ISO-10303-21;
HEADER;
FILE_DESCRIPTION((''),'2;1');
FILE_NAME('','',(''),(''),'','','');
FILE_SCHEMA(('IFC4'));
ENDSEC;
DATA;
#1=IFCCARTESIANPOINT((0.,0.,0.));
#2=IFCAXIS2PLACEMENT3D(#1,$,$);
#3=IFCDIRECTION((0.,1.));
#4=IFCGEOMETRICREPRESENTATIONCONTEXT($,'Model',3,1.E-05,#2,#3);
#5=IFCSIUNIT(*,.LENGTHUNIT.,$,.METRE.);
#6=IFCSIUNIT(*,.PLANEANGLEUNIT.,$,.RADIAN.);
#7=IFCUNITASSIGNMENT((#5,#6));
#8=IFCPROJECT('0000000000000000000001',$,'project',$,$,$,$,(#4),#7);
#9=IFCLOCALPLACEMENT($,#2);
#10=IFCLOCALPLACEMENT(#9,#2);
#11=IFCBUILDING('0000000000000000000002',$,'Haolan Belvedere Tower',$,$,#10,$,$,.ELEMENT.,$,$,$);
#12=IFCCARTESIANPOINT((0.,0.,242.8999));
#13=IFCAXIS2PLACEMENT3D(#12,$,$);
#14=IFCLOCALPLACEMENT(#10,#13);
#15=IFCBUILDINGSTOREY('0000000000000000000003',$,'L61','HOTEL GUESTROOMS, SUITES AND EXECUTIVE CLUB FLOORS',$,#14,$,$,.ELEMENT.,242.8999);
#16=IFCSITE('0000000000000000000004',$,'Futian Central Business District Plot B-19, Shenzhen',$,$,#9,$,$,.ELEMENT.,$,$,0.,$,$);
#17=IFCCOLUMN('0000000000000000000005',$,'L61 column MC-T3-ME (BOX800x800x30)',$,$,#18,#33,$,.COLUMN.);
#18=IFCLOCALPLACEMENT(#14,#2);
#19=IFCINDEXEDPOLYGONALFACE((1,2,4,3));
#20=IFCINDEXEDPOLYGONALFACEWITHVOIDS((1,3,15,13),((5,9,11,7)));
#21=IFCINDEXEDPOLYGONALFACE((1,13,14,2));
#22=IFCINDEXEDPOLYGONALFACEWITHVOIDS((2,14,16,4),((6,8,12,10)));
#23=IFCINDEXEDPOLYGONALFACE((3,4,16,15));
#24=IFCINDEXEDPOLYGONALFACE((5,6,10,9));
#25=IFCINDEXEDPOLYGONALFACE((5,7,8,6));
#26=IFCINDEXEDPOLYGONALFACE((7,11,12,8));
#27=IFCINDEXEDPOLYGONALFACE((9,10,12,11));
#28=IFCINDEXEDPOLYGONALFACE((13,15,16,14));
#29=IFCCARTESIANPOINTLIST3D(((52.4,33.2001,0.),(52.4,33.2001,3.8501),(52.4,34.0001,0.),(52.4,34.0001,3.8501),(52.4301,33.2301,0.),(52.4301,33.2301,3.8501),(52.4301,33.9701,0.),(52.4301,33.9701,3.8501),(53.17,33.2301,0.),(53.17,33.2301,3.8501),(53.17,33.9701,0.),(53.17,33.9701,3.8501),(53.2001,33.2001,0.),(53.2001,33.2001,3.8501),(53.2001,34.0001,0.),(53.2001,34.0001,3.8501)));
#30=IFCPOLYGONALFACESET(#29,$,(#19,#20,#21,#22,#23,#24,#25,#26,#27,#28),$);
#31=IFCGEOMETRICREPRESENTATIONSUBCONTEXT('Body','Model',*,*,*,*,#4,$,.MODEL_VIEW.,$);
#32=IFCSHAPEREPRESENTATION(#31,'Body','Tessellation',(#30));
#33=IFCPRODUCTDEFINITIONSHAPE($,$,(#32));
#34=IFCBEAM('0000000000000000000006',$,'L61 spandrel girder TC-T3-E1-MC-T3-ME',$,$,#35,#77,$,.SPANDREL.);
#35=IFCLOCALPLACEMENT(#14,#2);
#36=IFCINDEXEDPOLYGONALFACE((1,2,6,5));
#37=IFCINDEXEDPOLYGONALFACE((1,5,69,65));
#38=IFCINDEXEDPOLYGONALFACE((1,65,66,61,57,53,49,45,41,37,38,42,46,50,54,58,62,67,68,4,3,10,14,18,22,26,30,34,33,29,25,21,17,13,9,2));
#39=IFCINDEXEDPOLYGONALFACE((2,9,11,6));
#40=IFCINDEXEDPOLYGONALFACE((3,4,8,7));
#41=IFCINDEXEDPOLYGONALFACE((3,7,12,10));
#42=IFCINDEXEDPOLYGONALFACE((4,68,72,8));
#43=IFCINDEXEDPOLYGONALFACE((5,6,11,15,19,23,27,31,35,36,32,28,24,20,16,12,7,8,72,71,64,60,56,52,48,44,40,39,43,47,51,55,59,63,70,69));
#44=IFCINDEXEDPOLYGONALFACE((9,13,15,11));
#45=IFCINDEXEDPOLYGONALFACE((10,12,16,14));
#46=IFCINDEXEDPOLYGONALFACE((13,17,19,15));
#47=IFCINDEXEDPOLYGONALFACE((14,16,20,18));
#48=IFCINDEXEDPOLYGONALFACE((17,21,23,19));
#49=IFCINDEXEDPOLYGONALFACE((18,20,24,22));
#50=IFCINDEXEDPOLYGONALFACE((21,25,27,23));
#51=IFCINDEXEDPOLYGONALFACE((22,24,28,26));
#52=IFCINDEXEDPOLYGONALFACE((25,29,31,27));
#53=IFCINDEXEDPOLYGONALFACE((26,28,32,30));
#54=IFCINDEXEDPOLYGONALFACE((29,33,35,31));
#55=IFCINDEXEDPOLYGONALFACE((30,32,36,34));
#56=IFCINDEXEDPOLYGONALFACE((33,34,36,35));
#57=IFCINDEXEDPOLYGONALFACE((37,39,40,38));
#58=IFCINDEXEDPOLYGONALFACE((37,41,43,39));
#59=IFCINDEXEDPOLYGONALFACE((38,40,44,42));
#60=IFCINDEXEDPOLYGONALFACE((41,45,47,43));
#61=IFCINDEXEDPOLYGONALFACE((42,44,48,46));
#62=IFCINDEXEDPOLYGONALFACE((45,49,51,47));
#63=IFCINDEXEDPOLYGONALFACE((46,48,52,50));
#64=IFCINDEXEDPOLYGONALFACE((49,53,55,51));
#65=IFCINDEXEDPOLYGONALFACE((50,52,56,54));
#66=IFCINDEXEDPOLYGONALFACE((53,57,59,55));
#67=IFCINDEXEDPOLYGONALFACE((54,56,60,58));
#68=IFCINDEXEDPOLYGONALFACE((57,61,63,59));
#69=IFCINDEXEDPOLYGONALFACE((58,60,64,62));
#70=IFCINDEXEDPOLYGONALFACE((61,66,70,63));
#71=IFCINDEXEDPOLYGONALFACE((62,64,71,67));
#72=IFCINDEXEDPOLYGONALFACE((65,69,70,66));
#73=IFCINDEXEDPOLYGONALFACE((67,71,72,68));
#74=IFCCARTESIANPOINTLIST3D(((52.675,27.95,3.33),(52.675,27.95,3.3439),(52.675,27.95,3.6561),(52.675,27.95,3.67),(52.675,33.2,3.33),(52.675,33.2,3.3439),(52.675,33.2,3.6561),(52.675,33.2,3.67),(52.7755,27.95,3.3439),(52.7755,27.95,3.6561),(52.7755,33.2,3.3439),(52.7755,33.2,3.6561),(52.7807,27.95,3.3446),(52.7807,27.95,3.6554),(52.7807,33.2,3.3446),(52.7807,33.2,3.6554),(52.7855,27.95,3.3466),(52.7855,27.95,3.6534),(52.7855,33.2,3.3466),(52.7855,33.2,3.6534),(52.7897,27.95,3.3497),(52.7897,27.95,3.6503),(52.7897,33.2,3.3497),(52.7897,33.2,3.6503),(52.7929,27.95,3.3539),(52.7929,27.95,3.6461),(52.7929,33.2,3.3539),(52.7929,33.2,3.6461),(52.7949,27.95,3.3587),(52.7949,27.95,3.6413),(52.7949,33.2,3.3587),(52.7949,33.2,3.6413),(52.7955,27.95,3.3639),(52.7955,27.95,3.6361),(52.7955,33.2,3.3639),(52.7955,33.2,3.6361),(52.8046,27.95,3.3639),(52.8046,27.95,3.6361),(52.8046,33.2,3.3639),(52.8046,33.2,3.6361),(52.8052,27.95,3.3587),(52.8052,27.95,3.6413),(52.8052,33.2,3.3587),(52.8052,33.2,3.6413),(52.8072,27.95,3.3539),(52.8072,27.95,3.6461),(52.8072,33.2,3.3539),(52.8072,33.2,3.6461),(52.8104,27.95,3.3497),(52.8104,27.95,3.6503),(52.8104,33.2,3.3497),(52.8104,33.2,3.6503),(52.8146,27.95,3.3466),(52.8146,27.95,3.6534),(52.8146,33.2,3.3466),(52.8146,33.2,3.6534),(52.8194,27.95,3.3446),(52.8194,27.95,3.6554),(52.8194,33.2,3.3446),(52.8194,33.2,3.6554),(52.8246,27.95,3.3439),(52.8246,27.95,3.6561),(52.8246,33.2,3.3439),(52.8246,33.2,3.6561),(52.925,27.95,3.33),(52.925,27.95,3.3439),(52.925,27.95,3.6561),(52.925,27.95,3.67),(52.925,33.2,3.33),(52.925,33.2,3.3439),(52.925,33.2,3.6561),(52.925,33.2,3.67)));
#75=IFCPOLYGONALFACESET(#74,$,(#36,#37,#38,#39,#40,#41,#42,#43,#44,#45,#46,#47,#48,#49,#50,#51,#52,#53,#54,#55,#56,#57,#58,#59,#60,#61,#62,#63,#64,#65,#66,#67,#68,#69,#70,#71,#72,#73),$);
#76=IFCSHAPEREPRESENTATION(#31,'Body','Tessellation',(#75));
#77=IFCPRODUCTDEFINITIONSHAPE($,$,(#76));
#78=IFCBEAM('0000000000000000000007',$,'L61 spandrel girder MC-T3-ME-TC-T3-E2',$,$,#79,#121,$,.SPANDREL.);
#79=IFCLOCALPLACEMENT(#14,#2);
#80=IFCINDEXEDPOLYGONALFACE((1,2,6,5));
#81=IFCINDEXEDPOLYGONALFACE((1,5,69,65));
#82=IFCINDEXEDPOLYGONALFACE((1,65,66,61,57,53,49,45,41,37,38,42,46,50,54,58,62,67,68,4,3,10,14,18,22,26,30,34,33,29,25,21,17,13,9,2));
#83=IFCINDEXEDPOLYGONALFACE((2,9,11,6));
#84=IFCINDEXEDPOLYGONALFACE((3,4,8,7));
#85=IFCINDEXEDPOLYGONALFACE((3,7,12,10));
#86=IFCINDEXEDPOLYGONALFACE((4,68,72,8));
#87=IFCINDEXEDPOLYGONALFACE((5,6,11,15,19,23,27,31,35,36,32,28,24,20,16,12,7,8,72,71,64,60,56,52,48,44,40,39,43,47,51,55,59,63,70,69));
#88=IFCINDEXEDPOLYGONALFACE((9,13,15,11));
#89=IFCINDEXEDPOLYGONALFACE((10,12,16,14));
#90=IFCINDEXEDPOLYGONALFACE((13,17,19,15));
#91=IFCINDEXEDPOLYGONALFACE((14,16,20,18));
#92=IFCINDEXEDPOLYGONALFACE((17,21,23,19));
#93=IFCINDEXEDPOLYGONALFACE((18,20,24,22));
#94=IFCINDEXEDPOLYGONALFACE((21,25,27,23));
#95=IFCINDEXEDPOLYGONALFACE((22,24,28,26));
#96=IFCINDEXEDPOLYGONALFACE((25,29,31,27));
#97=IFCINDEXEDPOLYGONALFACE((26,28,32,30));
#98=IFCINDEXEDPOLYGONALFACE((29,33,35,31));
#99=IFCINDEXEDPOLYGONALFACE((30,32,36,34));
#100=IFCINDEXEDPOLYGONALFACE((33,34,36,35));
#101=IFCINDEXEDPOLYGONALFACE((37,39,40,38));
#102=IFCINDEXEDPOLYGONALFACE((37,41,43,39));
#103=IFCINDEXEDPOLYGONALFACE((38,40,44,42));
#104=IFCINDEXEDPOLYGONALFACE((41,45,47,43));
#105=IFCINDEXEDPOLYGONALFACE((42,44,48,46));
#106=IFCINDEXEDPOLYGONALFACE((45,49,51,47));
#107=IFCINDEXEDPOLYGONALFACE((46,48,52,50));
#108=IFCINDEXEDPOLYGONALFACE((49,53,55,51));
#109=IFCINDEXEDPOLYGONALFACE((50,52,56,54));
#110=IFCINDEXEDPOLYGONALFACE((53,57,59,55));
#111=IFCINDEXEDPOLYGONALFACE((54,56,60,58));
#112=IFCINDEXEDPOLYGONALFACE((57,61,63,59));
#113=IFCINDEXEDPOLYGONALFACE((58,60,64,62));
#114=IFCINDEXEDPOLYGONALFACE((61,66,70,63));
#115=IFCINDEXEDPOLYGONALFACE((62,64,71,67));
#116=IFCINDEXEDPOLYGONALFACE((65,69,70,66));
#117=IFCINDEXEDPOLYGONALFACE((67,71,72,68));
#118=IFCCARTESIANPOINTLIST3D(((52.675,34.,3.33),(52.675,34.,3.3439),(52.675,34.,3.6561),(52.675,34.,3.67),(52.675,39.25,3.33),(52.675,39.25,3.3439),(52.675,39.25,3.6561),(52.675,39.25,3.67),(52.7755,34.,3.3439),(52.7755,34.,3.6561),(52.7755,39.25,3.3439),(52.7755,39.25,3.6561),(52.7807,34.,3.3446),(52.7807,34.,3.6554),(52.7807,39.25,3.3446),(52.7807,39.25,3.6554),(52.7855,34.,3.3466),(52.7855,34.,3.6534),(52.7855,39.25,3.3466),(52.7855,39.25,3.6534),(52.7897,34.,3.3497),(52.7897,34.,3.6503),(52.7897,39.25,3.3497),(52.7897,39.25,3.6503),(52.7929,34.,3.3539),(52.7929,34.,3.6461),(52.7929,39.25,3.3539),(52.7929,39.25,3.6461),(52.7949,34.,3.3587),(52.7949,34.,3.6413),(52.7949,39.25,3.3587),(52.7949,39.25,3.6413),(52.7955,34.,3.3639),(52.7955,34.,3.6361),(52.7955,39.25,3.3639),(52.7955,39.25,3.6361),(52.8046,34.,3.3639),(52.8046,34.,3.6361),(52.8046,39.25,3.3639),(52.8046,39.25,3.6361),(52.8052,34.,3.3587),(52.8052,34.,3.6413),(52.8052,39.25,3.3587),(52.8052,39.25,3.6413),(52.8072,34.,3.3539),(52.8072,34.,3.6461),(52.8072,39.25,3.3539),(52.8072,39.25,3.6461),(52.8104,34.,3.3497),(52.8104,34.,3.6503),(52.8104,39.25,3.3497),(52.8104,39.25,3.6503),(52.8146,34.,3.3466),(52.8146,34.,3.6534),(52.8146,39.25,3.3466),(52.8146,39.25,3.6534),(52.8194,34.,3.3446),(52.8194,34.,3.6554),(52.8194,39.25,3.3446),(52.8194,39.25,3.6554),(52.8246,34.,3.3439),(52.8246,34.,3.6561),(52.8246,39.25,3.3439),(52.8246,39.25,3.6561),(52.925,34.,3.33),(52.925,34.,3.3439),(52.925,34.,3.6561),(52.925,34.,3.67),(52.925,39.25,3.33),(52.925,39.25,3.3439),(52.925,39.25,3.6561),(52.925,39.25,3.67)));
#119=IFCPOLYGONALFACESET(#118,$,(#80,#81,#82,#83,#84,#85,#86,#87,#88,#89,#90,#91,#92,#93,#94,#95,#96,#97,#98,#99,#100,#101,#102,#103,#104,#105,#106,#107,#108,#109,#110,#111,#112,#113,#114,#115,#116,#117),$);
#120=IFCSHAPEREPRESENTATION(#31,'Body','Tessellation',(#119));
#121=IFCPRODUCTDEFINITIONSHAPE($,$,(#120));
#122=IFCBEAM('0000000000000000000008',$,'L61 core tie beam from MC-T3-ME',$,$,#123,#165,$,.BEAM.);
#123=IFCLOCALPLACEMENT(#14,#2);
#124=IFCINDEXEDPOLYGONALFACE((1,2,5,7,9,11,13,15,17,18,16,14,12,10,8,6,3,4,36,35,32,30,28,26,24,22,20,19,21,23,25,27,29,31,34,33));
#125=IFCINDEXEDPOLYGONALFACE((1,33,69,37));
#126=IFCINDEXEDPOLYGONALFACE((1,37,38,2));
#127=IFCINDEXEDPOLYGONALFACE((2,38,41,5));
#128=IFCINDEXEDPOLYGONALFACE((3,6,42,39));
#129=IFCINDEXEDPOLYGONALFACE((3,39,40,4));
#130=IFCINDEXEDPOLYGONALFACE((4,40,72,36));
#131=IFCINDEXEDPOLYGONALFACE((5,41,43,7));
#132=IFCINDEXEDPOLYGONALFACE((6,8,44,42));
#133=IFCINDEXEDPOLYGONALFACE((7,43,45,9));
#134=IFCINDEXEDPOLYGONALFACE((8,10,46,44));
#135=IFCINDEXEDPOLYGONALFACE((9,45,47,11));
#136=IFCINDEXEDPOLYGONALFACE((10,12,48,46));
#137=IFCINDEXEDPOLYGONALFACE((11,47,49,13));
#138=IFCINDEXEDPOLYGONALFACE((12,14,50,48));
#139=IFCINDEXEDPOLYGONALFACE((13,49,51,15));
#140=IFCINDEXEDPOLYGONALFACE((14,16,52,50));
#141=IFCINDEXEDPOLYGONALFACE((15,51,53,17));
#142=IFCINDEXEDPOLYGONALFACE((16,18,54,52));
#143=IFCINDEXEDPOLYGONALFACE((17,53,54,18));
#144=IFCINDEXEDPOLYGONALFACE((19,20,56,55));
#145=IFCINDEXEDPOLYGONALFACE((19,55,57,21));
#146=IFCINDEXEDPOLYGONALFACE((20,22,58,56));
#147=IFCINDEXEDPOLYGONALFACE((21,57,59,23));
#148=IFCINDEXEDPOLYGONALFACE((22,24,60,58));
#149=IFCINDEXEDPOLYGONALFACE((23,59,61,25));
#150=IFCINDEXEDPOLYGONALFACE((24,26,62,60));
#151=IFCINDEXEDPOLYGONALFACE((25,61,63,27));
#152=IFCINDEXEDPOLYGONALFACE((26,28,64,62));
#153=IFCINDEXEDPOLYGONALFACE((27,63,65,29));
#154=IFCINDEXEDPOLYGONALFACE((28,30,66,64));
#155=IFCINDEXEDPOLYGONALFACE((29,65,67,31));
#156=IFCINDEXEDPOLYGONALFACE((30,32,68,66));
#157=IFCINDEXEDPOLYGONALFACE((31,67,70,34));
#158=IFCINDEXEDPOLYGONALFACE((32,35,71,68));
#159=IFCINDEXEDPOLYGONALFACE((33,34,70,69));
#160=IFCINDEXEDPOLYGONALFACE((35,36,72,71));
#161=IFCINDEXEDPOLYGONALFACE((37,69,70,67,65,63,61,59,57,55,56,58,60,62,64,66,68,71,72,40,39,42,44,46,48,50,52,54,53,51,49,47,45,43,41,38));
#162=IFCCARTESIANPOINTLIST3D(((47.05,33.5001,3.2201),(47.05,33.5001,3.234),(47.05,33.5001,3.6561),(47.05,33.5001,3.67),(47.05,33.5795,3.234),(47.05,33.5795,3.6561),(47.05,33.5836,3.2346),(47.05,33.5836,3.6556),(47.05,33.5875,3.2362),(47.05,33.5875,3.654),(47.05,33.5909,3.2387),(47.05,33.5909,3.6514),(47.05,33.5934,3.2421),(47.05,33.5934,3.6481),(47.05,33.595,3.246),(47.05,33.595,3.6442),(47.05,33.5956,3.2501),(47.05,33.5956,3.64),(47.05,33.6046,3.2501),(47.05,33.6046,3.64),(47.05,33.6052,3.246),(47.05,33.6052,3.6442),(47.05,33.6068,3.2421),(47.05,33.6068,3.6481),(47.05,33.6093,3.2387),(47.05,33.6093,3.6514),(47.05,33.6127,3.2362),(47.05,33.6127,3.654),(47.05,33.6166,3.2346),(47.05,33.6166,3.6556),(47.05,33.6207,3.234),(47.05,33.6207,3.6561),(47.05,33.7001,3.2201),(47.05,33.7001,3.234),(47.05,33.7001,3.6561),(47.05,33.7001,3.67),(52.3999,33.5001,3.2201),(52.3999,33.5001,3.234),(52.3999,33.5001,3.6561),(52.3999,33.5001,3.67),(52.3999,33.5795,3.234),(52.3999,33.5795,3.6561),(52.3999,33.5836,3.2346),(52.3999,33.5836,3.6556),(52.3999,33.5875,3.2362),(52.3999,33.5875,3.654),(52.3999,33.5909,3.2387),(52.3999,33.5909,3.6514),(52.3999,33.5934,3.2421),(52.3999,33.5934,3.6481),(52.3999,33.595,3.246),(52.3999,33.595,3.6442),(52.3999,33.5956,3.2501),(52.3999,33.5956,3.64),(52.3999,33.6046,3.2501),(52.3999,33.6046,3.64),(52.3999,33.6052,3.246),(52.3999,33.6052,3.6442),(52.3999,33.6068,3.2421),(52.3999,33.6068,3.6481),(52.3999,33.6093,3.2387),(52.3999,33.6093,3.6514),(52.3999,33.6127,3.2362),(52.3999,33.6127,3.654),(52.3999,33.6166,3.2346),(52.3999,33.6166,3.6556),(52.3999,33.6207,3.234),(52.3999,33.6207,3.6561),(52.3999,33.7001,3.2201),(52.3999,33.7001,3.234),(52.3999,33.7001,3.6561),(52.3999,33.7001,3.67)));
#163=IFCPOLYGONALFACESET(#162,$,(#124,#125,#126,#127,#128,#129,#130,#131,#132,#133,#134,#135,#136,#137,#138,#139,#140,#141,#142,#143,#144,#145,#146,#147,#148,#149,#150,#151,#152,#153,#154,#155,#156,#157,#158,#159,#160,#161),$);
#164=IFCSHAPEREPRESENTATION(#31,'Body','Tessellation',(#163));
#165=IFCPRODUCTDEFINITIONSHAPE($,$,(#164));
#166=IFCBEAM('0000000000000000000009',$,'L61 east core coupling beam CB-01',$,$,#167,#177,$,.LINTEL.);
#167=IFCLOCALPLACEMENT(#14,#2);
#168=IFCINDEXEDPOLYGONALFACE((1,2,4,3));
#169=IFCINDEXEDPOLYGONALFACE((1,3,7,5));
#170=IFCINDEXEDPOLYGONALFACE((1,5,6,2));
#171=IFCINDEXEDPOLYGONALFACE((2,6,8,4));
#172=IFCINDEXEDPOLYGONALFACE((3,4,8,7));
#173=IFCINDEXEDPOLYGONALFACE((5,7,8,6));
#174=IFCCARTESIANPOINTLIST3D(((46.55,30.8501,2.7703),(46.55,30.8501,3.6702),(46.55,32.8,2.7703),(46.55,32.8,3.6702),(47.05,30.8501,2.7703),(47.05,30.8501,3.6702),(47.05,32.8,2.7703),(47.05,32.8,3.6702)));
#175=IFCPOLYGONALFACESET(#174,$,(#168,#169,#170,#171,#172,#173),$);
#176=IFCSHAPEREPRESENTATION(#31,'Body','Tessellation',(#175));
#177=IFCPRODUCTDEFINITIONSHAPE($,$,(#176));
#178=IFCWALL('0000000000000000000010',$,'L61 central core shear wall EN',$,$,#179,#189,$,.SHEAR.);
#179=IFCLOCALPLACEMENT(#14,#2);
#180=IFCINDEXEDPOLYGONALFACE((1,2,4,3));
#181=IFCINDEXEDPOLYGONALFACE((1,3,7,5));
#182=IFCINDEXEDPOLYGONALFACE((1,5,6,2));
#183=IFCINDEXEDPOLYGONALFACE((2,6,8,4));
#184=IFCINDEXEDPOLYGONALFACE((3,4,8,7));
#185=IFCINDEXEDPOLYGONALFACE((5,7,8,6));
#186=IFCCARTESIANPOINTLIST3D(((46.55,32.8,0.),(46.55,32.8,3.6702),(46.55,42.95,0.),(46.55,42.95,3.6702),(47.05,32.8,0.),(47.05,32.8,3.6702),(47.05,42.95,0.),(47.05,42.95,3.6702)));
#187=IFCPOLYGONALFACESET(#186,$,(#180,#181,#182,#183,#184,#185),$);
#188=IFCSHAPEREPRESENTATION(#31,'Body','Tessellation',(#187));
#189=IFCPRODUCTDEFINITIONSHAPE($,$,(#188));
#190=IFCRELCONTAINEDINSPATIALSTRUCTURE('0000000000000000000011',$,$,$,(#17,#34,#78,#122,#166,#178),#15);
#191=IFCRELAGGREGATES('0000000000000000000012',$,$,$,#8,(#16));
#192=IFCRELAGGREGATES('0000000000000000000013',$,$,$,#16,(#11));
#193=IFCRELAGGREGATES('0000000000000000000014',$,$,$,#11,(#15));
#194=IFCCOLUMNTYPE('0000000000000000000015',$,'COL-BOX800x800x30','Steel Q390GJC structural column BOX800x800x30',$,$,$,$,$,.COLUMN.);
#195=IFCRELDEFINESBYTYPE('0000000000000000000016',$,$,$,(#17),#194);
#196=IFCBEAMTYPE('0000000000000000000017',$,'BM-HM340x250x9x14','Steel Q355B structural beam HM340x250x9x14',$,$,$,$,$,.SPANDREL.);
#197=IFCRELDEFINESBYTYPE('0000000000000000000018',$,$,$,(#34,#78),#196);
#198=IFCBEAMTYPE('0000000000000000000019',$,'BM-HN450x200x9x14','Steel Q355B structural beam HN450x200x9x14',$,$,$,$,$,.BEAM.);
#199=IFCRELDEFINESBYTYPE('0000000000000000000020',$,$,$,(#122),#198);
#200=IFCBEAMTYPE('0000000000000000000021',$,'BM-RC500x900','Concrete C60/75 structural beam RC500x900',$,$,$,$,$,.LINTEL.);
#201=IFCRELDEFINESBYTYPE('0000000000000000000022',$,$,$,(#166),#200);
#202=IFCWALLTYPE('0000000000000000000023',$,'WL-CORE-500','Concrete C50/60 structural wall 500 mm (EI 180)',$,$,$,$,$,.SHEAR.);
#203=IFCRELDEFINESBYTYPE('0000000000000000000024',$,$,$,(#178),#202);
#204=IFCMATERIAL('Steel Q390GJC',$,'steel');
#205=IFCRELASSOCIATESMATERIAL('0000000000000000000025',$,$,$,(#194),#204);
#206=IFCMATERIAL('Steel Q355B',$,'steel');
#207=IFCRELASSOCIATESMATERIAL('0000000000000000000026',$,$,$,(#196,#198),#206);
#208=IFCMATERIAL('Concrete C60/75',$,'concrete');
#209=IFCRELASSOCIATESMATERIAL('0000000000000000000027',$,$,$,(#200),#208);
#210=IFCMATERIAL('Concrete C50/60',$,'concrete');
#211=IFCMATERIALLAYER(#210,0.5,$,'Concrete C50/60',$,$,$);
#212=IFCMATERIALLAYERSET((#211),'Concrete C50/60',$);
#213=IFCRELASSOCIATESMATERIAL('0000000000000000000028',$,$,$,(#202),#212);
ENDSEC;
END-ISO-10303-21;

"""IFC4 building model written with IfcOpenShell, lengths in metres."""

from ifc_helpers import new_model, si_unit, direction, frame, frame_2d, origin, origin_2d, place, context, subcontext, project, spatial, rectangle, hollow_rectangle, i_section, extrude, material, layer, layer_set, material_profile, profile_set, type_object, element, save


model = new_model("IFC4")

# Units and contexts
model_context = context("Model", 3, precision=1e-05, world=origin(), true_north=direction((0.0, 1.0)))
body_context = subcontext(model_context, "Body", "Model", "MODEL_VIEW")
ifc_project = project(units=[si_unit("LENGTHUNIT", "METRE"), si_unit("PLANEANGLEUNIT", "RADIAN")], contexts=[model_context])

# Site, building, storey
site_placement = place(None, origin())
site = spatial("IfcSite", under=ifc_project, at=site_placement, Name="Futian Central Business District Plot B-19, Shenzhen", CompositionType="ELEMENT", RefElevation=0.0)
building_placement = place(site_placement, origin())
building = spatial("IfcBuilding", under=site, at=building_placement, Name="Haolan Belvedere Tower", CompositionType="ELEMENT")
storey_placement = place(building_placement, frame((0.0, 0.0, 242.8999)))
storey = spatial("IfcBuildingStorey", under=building, at=storey_placement, Name="L61", Description="HOTEL GUESTROOMS, SUITES AND EXECUTIVE CLUB FLOORS", CompositionType="ELEMENT", Elevation=242.8999)

# Column
ifc_material_1 = material(Name="Steel Q390GJC", Category="steel")
ifc_material_profile_1 = material_profile(ifc_material_1, hollow_rectangle(XDim=0.8, YDim=0.8, WallThickness=0.03, at=origin_2d()), Name="Steel Q390GJC")
ifc_profile_set_1 = profile_set([ifc_material_profile_1], Name="Steel Q390GJC")
column_type = type_object("IfcColumnType", Name="COL-BOX800x800x30", Description="Steel Q390GJC structural column BOX800x800x30", PredefinedType="COLUMN", material=ifc_profile_set_1)
column_placement = place(storey_placement, frame((52.8, 33.6001, 0.0), z_axis=(0.0, 0.0, 1.0), x_axis=(1.0, 0.0, 0.0)))
element("IfcColumn", 1, at=column_placement, inside=storey, type_object=column_type, Name="L61 column MC-T3-ME (BOX800x800x30)", PredefinedType="COLUMN", context=body_context, shape_type="SweptSolid", body=[
    extrude(hollow_rectangle(XDim=0.8, YDim=0.8, WallThickness=0.03, at=origin_2d()), origin(), (0.0, 0.0, 1.0), 3.8501),
])

# Beams
ifc_material_2 = material(Name="Steel Q355B", Category="steel")
ifc_material_profile_2 = material_profile(ifc_material_2, i_section(OverallWidth=0.25, OverallDepth=0.3401, WebThickness=0.009, FlangeThickness=0.0139, FilletRadius=0.02, at=origin_2d()), Name="Steel Q355B")
ifc_profile_set_2 = profile_set([ifc_material_profile_2], Name="Steel Q355B")
beam_type_1 = type_object("IfcBeamType", Name="BM-HM340x250x9x14", Description="Steel Q355B structural beam HM340x250x9x14", PredefinedType="SPANDREL", material=ifc_profile_set_2)
for number, where, z_axis, x_axis, name in (
    (2, (52.8, 27.95, 3.5), (0.0, 1.0, 0.0), (-1.0, 0.0, 0.0), "L61 spandrel girder TC-T3-E1-MC-T3-ME"),
    (3, (52.8, 34.0, 3.5), (0.0, 1.0, 0.0), (-1.0, 0.0, 0.0), "L61 spandrel girder MC-T3-ME-TC-T3-E2"),
):
    element("IfcBeam", number, at=place(storey_placement, frame(where, z_axis=z_axis, x_axis=x_axis)), inside=storey, type_object=beam_type_1, Name=name, PredefinedType="SPANDREL", context=body_context, shape_type="SweptSolid", body=[
        extrude(i_section(OverallWidth=0.25, OverallDepth=0.3401, WebThickness=0.009, FlangeThickness=0.0139, FilletRadius=0.02, at=origin_2d()), origin(), (0.0, 0.0, 1.0), 5.25),
    ])
ifc_material_profile_3 = material_profile(ifc_material_2, i_section(OverallWidth=0.2, OverallDepth=0.45, WebThickness=0.009, FlangeThickness=0.0139, FilletRadius=0.0161, at=origin_2d()), Name="Steel Q355B")
ifc_profile_set_3 = profile_set([ifc_material_profile_3], Name="Steel Q355B")
beam_type_2 = type_object("IfcBeamType", Name="BM-HN450x200x9x14", Description="Steel Q355B structural beam HN450x200x9x14", PredefinedType="BEAM", material=ifc_profile_set_3)
beam_1_placement = place(storey_placement, frame((52.3999, 33.6001, 3.4451), z_axis=(-1.0, 0.0, 0.0), x_axis=(0.0, -1.0, 0.0)))
element("IfcBeam", 4, at=beam_1_placement, inside=storey, type_object=beam_type_2, Name="L61 core tie beam from MC-T3-ME", PredefinedType="BEAM", context=body_context, shape_type="SweptSolid", body=[
    extrude(i_section(OverallWidth=0.2, OverallDepth=0.45, WebThickness=0.009, FlangeThickness=0.0139, FilletRadius=0.0161, at=origin_2d()), origin(), (0.0, 0.0, 1.0), 5.3499),
])
ifc_material_3 = material(Name="Concrete C60/75", Category="concrete")
ifc_material_profile_4 = material_profile(ifc_material_3, rectangle(XDim=0.5, YDim=0.8999, at=origin_2d()), Name="Concrete C60/75")
ifc_profile_set_4 = profile_set([ifc_material_profile_4], Name="Concrete C60/75")
beam_type_3 = type_object("IfcBeamType", Name="BM-RC500x900", Description="Concrete C60/75 structural beam RC500x900", PredefinedType="LINTEL", material=ifc_profile_set_4)
beam_2_placement = place(storey_placement, frame((46.8, 30.8501, 3.2202), z_axis=(0.0, 1.0, 0.0), x_axis=(-1.0, 0.0, 0.0)))
element("IfcBeam", 5, at=beam_2_placement, inside=storey, type_object=beam_type_3, Name="L61 east core coupling beam CB-01", PredefinedType="LINTEL", context=body_context, shape_type="SweptSolid", body=[
    extrude(rectangle(XDim=0.5, YDim=0.8999, at=origin_2d()), origin(), (0.0, 0.0, 1.0), 1.95),
])

# Wall
ifc_material_4 = material(Name="Concrete C50/60", Category="concrete")
ifc_layer_1 = layer(ifc_material_4, 0.5, Name="Concrete C50/60")
ifc_layer_set_1 = layer_set([ifc_layer_1], Name="Concrete C50/60")
wall_type_1 = type_object("IfcWallType", Name="WL-CORE-500", Description="Concrete C50/60 structural wall 500 mm (EI 180)", PredefinedType="SHEAR", material=ifc_layer_set_1)
wall_1_placement = place(storey_placement, frame((46.8, 32.8, 0.0), z_axis=(0.0, 0.0, 1.0), x_axis=(0.0, 1.0, 0.0)))
element("IfcWall", 6, at=wall_1_placement, inside=storey, type_object=wall_type_1, Name="L61 central core shear wall EN", PredefinedType="SHEAR", context=body_context, shape_type="SweptSolid", body=[
    extrude(rectangle(XDim=10.1499, YDim=0.5, at=frame_2d((5.075, 0.0))), origin(), (0.0, 0.0, 1.0), 3.6702),
])

save(model, "model.ifc")
